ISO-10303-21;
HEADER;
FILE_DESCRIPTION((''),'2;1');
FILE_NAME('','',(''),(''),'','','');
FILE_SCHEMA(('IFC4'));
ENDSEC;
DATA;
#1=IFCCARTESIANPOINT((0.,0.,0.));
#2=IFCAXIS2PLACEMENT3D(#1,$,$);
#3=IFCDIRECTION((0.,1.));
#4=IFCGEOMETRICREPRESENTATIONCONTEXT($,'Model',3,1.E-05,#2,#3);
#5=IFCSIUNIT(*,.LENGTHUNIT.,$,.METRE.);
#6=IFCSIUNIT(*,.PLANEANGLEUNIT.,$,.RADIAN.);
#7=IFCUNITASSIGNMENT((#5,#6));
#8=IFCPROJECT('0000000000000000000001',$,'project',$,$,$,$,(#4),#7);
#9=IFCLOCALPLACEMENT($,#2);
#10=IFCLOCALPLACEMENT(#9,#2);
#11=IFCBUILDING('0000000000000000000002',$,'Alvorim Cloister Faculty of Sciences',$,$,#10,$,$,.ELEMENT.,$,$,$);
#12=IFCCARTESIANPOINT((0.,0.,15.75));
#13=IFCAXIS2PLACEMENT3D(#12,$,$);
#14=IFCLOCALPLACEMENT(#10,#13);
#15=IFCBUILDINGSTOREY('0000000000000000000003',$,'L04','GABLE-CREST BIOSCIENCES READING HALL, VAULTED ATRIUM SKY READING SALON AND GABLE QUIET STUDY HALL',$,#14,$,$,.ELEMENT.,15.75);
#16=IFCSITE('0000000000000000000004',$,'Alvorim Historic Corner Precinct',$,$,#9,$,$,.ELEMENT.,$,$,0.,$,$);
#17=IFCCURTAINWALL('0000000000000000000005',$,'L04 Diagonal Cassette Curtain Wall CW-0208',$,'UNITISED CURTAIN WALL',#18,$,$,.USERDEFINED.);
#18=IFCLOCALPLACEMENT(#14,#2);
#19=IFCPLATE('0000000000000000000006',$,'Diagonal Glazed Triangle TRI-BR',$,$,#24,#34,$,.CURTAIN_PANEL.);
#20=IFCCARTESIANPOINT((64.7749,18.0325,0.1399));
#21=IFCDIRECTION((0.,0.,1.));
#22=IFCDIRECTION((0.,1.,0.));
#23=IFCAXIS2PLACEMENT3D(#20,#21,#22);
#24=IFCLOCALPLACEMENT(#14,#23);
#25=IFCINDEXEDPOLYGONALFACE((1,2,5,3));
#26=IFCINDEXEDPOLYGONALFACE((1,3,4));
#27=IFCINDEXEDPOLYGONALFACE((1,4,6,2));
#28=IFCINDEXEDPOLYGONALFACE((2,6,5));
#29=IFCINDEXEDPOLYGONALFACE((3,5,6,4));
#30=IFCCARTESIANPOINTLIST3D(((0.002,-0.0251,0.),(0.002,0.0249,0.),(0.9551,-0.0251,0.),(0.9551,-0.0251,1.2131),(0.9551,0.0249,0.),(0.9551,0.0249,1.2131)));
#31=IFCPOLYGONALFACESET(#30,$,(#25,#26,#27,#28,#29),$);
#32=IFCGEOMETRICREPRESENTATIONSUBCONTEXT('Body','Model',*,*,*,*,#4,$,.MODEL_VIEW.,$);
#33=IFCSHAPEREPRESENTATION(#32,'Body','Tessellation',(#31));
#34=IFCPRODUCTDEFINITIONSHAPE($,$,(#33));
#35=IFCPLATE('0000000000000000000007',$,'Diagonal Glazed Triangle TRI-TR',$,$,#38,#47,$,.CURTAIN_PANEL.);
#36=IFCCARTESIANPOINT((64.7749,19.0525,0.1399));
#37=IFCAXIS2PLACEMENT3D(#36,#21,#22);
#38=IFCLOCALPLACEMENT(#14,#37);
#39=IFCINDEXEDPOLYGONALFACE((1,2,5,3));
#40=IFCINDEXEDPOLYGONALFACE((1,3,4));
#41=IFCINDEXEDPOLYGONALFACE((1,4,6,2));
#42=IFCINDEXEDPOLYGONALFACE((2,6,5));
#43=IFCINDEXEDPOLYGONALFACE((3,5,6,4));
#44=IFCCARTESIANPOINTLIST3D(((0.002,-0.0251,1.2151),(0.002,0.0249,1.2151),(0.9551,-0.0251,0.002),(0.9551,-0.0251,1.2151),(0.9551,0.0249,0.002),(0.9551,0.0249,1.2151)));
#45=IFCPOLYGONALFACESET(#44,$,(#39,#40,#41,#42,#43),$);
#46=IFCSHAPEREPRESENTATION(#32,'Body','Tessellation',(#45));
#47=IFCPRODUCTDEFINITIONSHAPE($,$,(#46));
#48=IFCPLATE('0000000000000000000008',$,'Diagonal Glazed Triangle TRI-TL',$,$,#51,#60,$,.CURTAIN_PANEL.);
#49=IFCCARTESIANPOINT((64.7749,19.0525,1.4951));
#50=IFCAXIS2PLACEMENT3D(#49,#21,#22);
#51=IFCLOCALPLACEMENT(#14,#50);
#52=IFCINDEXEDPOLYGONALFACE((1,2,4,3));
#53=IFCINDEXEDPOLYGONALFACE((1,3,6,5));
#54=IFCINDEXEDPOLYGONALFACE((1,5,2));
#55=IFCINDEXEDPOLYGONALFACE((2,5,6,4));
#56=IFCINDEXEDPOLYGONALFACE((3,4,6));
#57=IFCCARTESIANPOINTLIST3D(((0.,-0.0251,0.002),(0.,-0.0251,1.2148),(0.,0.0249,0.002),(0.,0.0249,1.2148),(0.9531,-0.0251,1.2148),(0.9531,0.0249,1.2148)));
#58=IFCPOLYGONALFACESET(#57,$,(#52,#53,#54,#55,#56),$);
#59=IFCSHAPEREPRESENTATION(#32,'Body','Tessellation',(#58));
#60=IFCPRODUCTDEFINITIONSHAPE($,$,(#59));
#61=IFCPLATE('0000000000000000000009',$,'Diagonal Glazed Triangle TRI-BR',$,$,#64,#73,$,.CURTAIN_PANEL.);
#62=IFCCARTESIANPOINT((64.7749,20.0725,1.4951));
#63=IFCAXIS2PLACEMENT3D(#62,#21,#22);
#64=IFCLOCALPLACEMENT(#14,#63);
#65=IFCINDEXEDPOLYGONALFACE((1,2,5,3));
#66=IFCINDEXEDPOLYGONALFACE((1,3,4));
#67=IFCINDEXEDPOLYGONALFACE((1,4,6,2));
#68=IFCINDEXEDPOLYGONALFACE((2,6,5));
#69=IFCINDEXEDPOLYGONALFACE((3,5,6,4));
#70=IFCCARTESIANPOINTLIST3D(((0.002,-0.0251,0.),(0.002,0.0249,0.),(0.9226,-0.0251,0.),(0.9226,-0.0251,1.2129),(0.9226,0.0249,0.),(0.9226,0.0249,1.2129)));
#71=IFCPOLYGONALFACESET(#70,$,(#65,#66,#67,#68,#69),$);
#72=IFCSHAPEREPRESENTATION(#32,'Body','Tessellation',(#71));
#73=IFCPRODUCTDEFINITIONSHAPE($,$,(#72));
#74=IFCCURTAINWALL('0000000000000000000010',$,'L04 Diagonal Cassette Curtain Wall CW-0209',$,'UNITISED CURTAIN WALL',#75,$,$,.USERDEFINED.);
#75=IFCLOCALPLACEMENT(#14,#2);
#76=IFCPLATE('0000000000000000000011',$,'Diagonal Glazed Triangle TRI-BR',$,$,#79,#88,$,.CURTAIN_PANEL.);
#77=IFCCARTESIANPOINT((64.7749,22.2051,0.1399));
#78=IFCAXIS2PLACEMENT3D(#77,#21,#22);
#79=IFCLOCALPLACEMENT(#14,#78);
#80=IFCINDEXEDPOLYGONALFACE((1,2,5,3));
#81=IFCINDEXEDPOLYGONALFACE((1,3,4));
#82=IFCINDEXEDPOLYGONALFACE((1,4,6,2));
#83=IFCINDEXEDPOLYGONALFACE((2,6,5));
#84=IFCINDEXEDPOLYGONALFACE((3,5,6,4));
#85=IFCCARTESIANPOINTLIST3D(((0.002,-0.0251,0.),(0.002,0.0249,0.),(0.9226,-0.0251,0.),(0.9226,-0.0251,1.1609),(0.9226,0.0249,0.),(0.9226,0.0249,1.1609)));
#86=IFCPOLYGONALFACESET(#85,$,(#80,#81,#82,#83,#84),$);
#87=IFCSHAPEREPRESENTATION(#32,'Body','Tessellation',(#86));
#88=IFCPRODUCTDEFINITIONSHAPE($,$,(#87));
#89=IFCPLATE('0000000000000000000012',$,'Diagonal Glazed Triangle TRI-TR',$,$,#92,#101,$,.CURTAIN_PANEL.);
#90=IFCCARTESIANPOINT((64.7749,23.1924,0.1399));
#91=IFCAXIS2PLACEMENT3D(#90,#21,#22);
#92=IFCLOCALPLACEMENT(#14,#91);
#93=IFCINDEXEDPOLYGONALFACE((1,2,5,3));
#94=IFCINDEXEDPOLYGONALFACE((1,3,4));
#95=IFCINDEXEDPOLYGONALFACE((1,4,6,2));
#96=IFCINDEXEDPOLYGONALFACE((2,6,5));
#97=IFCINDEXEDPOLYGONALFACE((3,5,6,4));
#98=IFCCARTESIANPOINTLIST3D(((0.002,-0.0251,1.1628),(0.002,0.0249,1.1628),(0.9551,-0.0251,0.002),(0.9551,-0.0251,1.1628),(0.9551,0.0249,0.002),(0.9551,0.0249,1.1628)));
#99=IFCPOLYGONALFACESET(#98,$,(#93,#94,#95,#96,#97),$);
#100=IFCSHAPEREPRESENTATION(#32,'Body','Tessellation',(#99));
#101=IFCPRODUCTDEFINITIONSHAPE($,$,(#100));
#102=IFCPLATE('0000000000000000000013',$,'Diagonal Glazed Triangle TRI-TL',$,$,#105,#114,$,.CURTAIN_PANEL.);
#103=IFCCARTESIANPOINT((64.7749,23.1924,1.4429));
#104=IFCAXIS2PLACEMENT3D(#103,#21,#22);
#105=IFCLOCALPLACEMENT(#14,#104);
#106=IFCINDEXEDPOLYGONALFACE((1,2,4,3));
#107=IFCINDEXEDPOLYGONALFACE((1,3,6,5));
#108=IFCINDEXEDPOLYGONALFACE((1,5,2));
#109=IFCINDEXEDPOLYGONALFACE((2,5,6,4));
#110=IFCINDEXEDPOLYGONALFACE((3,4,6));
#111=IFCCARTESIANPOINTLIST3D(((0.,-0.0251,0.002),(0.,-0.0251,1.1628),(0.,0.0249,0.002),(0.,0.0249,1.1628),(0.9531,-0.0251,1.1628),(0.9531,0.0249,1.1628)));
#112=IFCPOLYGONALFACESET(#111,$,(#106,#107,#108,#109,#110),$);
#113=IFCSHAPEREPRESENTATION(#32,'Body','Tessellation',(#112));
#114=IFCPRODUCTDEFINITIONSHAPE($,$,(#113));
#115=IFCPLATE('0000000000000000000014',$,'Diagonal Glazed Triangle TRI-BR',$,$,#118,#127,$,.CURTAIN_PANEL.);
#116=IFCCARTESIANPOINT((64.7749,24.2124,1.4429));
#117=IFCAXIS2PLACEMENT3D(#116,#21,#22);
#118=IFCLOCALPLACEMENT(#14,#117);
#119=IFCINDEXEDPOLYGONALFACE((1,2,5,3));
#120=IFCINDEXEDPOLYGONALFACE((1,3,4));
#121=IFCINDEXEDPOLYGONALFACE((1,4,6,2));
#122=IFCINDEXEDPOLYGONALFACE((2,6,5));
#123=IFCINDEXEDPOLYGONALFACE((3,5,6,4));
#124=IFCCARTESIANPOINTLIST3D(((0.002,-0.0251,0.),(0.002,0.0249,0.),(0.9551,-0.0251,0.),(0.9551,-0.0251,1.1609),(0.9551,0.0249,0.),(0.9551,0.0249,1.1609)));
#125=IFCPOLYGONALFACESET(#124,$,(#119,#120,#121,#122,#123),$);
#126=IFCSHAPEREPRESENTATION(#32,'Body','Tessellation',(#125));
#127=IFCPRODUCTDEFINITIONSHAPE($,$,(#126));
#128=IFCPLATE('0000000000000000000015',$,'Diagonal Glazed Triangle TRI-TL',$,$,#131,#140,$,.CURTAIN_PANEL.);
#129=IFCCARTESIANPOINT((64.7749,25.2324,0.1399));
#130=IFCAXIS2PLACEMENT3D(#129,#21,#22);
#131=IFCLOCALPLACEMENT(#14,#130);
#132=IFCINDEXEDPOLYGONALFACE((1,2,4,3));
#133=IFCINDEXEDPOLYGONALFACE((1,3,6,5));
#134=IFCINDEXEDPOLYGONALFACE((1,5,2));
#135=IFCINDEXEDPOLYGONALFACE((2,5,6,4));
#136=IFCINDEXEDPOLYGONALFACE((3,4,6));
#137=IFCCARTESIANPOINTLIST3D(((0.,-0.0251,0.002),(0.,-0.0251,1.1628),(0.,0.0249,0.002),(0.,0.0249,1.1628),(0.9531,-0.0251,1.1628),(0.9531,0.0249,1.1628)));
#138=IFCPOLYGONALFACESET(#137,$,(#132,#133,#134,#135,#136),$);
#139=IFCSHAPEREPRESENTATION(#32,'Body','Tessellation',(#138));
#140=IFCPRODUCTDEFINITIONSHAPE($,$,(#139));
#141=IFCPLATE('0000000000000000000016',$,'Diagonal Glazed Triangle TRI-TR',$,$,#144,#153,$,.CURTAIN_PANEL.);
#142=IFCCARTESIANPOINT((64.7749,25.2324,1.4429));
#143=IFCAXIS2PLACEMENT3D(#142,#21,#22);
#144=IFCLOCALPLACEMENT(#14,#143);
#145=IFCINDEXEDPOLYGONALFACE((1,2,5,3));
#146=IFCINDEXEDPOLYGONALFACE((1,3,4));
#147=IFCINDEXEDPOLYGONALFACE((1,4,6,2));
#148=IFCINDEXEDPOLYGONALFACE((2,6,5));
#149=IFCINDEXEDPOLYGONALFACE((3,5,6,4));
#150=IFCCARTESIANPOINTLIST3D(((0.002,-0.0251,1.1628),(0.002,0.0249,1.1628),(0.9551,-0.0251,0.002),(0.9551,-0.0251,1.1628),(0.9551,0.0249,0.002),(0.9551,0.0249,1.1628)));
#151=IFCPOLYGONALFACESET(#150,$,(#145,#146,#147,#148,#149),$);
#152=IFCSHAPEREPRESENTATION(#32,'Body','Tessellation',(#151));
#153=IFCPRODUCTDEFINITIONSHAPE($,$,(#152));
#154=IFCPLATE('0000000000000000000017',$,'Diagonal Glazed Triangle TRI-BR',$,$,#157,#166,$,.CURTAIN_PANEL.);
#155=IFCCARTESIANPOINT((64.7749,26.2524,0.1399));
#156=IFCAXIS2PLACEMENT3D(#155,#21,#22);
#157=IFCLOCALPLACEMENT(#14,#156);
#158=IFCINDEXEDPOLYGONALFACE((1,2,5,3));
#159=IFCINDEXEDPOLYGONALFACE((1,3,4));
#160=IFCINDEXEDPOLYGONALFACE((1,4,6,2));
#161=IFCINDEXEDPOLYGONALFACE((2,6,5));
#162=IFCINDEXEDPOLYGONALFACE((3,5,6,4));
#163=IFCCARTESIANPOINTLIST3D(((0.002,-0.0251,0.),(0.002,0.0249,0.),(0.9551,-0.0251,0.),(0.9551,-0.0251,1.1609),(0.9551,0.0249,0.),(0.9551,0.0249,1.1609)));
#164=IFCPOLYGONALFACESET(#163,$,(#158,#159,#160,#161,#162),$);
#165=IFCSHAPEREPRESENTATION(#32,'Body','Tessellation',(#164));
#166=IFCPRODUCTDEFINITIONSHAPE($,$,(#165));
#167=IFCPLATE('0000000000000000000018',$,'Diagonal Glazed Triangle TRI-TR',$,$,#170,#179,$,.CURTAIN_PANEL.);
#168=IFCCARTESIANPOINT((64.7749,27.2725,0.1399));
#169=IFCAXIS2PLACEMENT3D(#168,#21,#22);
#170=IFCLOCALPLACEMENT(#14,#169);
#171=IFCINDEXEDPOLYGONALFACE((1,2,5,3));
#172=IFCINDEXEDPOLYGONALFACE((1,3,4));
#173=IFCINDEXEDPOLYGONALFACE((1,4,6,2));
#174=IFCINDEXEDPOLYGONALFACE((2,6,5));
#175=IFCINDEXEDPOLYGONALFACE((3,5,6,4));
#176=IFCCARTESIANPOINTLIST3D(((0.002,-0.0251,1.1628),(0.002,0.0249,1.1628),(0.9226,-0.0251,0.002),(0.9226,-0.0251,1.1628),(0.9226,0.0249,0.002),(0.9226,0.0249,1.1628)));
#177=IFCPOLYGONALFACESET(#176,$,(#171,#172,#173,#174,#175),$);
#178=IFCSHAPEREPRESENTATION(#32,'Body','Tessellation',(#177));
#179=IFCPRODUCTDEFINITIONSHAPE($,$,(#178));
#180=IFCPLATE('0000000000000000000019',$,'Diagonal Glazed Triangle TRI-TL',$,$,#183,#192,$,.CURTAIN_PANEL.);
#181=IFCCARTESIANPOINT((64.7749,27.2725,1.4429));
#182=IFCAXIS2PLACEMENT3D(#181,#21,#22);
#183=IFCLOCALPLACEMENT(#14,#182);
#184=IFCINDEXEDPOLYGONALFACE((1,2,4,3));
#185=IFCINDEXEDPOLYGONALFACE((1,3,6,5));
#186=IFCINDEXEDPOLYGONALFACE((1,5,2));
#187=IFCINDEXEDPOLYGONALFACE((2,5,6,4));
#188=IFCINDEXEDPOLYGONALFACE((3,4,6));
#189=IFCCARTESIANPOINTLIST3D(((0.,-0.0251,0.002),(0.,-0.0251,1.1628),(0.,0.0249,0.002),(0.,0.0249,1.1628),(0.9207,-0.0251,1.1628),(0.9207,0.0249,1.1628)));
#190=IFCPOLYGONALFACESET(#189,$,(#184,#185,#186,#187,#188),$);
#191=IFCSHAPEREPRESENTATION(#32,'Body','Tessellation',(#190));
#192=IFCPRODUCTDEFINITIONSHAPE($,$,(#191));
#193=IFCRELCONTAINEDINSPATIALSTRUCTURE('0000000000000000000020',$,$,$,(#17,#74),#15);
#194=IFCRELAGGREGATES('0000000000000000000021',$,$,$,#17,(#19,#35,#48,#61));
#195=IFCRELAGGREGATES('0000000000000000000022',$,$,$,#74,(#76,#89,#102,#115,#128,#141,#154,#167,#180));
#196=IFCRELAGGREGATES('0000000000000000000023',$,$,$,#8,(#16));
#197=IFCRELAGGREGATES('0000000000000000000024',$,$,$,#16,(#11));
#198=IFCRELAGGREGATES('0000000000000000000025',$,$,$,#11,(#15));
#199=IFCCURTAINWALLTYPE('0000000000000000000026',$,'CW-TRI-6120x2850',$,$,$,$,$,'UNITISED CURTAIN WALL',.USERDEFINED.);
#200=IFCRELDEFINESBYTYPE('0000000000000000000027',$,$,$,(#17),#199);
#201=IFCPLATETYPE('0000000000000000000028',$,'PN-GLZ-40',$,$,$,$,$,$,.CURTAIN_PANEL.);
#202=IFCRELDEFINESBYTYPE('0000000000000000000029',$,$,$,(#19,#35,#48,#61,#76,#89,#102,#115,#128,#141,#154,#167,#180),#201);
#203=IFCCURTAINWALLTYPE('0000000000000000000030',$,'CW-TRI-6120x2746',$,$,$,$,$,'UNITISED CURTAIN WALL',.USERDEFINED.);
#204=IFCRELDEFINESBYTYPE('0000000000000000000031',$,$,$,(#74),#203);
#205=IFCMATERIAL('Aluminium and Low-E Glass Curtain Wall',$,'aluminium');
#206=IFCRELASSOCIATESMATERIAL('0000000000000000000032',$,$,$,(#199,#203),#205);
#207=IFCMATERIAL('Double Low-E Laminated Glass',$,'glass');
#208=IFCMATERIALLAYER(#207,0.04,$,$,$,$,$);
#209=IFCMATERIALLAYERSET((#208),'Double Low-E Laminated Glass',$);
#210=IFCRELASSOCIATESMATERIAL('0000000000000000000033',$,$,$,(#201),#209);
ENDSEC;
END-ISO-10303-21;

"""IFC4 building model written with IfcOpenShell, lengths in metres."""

from ifc_helpers import new_model, si_unit, direction, frame, origin, place, context, subcontext, project, spatial, polyline, outline, extrude, material, layer, layer_set, type_object, element, aggregate, save


model = new_model("IFC4")

# Units and contexts
model_context = context("Model", 3, precision=1e-05, world=origin(), true_north=direction((0.0, 1.0)))
body_context = subcontext(model_context, "Body", "Model", "MODEL_VIEW")
ifc_project = project(units=[si_unit("LENGTHUNIT", "METRE"), si_unit("PLANEANGLEUNIT", "RADIAN")], contexts=[model_context])

# Site, building, storey
site_placement = place(None, origin())
site = spatial("IfcSite", under=ifc_project, at=site_placement, Name="Alvorim Historic Corner Precinct", CompositionType="ELEMENT", RefElevation=0.0)
building_placement = place(site_placement, origin())
building = spatial("IfcBuilding", under=site, at=building_placement, Name="Alvorim Cloister Faculty of Sciences", CompositionType="ELEMENT")
storey_placement = place(building_placement, frame((0.0, 0.0, 15.75)))
storey = spatial("IfcBuildingStorey", under=building, at=storey_placement, Name="L04", Description="GABLE-CREST BIOSCIENCES READING HALL, VAULTED ATRIUM SKY READING SALON AND GABLE QUIET STUDY HALL", CompositionType="ELEMENT", Elevation=15.75)

# Curtain walls, plates
ifc_material_1 = material(Name="Aluminium and Low-E Glass Curtain Wall", Category="aluminium")
curtain_wall_type_1 = type_object("IfcCurtainWallType", Name="CW-TRI-6120x2850", ElementType="UNITISED CURTAIN WALL", PredefinedType="USERDEFINED", material=ifc_material_1)
curtain_wall_1_placement = place(storey_placement, origin())
curtain_wall_1 = element("IfcCurtainWall", 1, at=curtain_wall_1_placement, inside=storey, type_object=curtain_wall_type_1, Name="L04 Diagonal Cassette Curtain Wall CW-0208", ObjectType="UNITISED CURTAIN WALL", PredefinedType="USERDEFINED")
ifc_material_2 = material(Name="Double Low-E Laminated Glass", Category="glass")
ifc_layer_1 = layer(ifc_material_2, 0.04)
ifc_layer_set_1 = layer_set([ifc_layer_1], Name="Double Low-E Laminated Glass")
plate_type = type_object("IfcPlateType", Name="PN-GLZ-40", PredefinedType="CURTAIN_PANEL", material=ifc_layer_set_1)
plate_1_placement = place(storey_placement, frame((64.7749, 18.0325, 0.1399), z_axis=(0.0, 0.0, 1.0), x_axis=(0.0, 1.0, 0.0)))
plate_1 = element("IfcPlate", 2, at=plate_1_placement, type_object=plate_type, Name="Diagonal Glazed Triangle TRI-BR", PredefinedType="CURTAIN_PANEL", context=body_context, shape_type="SweptSolid", body=[
    extrude(outline(polyline([(0.002, 0.0), (0.9551, 0.0), (0.9551, 1.2131), (0.002, 0.0)])), frame((0.0, 0.0249, 0.0), z_axis=(0.0, -1.0, 0.0), x_axis=(1.0, 0.0, 0.0)), (0.0, 0.0, 1.0), 0.05),
])
plate_2_placement = place(storey_placement, frame((64.7749, 19.0525, 0.1399), z_axis=(0.0, 0.0, 1.0), x_axis=(0.0, 1.0, 0.0)))
plate_2 = element("IfcPlate", 3, at=plate_2_placement, type_object=plate_type, Name="Diagonal Glazed Triangle TRI-TR", PredefinedType="CURTAIN_PANEL", context=body_context, shape_type="SweptSolid", body=[
    extrude(outline(polyline([(0.9551, 0.002), (0.9551, 1.2151), (0.002, 1.2151), (0.9551, 0.002)])), frame((0.0, 0.0249, 0.0), z_axis=(0.0, -1.0, 0.0), x_axis=(1.0, 0.0, 0.0)), (0.0, 0.0, 1.0), 0.05),
])
plate_3_placement = place(storey_placement, frame((64.7749, 19.0525, 1.4951), z_axis=(0.0, 0.0, 1.0), x_axis=(0.0, 1.0, 0.0)))
plate_3 = element("IfcPlate", 4, at=plate_3_placement, type_object=plate_type, Name="Diagonal Glazed Triangle TRI-TL", PredefinedType="CURTAIN_PANEL", context=body_context, shape_type="SweptSolid", body=[
    extrude(outline(polyline([(0.9531, 1.2148), (0.0, 1.2148), (0.0, 0.002), (0.9531, 1.2148)])), frame((0.0, 0.0249, 0.0), z_axis=(0.0, -1.0, 0.0), x_axis=(1.0, 0.0, 0.0)), (0.0, 0.0, 1.0), 0.05),
])
plate_4_placement = place(storey_placement, frame((64.7749, 20.0725, 1.4951), z_axis=(0.0, 0.0, 1.0), x_axis=(0.0, 1.0, 0.0)))
plate_4 = element("IfcPlate", 5, at=plate_4_placement, type_object=plate_type, Name="Diagonal Glazed Triangle TRI-BR", PredefinedType="CURTAIN_PANEL", context=body_context, shape_type="SweptSolid", body=[
    extrude(outline(polyline([(0.002, 0.0), (0.9226, 0.0), (0.9226, 1.2129), (0.002, 0.0)])), frame((0.0, 0.0249, 0.0), z_axis=(0.0, -1.0, 0.0), x_axis=(1.0, 0.0, 0.0)), (0.0, 0.0, 1.0), 0.05),
])
aggregate(curtain_wall_1, [plate_1, plate_2, plate_3, plate_4])
curtain_wall_type_2 = type_object("IfcCurtainWallType", Name="CW-TRI-6120x2746", ElementType="UNITISED CURTAIN WALL", PredefinedType="USERDEFINED", material=ifc_material_1)
curtain_wall_2_placement = place(storey_placement, origin())
curtain_wall_2 = element("IfcCurtainWall", 6, at=curtain_wall_2_placement, inside=storey, type_object=curtain_wall_type_2, Name="L04 Diagonal Cassette Curtain Wall CW-0209", ObjectType="UNITISED CURTAIN WALL", PredefinedType="USERDEFINED")
plate_5_placement = place(storey_placement, frame((64.7749, 22.2051, 0.1399), z_axis=(0.0, 0.0, 1.0), x_axis=(0.0, 1.0, 0.0)))
plate_5 = element("IfcPlate", 7, at=plate_5_placement, type_object=plate_type, Name="Diagonal Glazed Triangle TRI-BR", PredefinedType="CURTAIN_PANEL", context=body_context, shape_type="SweptSolid", body=[
    extrude(outline(polyline([(0.002, 0.0), (0.9226, 0.0), (0.9226, 1.1609), (0.002, 0.0)])), frame((0.0, 0.0249, 0.0), z_axis=(0.0, -1.0, 0.0), x_axis=(1.0, 0.0, 0.0)), (0.0, 0.0, 1.0), 0.05),
])
plate_6_placement = place(storey_placement, frame((64.7749, 23.1924, 0.1399), z_axis=(0.0, 0.0, 1.0), x_axis=(0.0, 1.0, 0.0)))
plate_6 = element("IfcPlate", 8, at=plate_6_placement, type_object=plate_type, Name="Diagonal Glazed Triangle TRI-TR", PredefinedType="CURTAIN_PANEL", context=body_context, shape_type="SweptSolid", body=[
    extrude(outline(polyline([(0.9551, 0.002), (0.9551, 1.1628), (0.002, 1.1628), (0.9551, 0.002)])), frame((0.0, 0.0249, 0.0), z_axis=(0.0, -1.0, 0.0), x_axis=(1.0, 0.0, 0.0)), (0.0, 0.0, 1.0), 0.05),
])
plate_7_placement = place(storey_placement, frame((64.7749, 23.1924, 1.4429), z_axis=(0.0, 0.0, 1.0), x_axis=(0.0, 1.0, 0.0)))
plate_7 = element("IfcPlate", 9, at=plate_7_placement, type_object=plate_type, Name="Diagonal Glazed Triangle TRI-TL", PredefinedType="CURTAIN_PANEL", context=body_context, shape_type="SweptSolid", body=[
    extrude(outline(polyline([(0.9531, 1.1628), (0.0, 1.1628), (0.0, 0.002), (0.9531, 1.1628)])), frame((0.0, 0.0249, 0.0), z_axis=(0.0, -1.0, 0.0), x_axis=(1.0, 0.0, 0.0)), (0.0, 0.0, 1.0), 0.05),
])
plate_8_placement = place(storey_placement, frame((64.7749, 24.2124, 1.4429), z_axis=(0.0, 0.0, 1.0), x_axis=(0.0, 1.0, 0.0)))
plate_8 = element("IfcPlate", 10, at=plate_8_placement, type_object=plate_type, Name="Diagonal Glazed Triangle TRI-BR", PredefinedType="CURTAIN_PANEL", context=body_context, shape_type="SweptSolid", body=[
    extrude(outline(polyline([(0.002, 0.0), (0.9551, 0.0), (0.9551, 1.1609), (0.002, 0.0)])), frame((0.0, 0.0249, 0.0), z_axis=(0.0, -1.0, 0.0), x_axis=(1.0, 0.0, 0.0)), (0.0, 0.0, 1.0), 0.05),
])
plate_9_placement = place(storey_placement, frame((64.7749, 25.2324, 0.1399), z_axis=(0.0, 0.0, 1.0), x_axis=(0.0, 1.0, 0.0)))
plate_9 = element("IfcPlate", 11, at=plate_9_placement, type_object=plate_type, Name="Diagonal Glazed Triangle TRI-TL", PredefinedType="CURTAIN_PANEL", context=body_context, shape_type="SweptSolid", body=[
    extrude(outline(polyline([(0.9531, 1.1628), (0.0, 1.1628), (0.0, 0.002), (0.9531, 1.1628)])), frame((0.0, 0.0249, 0.0), z_axis=(0.0, -1.0, 0.0), x_axis=(1.0, 0.0, 0.0)), (0.0, 0.0, 1.0), 0.05),
])
plate_10_placement = place(storey_placement, frame((64.7749, 25.2324, 1.4429), z_axis=(0.0, 0.0, 1.0), x_axis=(0.0, 1.0, 0.0)))
plate_10 = element("IfcPlate", 12, at=plate_10_placement, type_object=plate_type, Name="Diagonal Glazed Triangle TRI-TR", PredefinedType="CURTAIN_PANEL", context=body_context, shape_type="SweptSolid", body=[
    extrude(outline(polyline([(0.9551, 0.002), (0.9551, 1.1628), (0.002, 1.1628), (0.9551, 0.002)])), frame((0.0, 0.0249, 0.0), z_axis=(0.0, -1.0, 0.0), x_axis=(1.0, 0.0, 0.0)), (0.0, 0.0, 1.0), 0.05),
])
plate_11_placement = place(storey_placement, frame((64.7749, 26.2524, 0.1399), z_axis=(0.0, 0.0, 1.0), x_axis=(0.0, 1.0, 0.0)))
plate_11 = element("IfcPlate", 13, at=plate_11_placement, type_object=plate_type, Name="Diagonal Glazed Triangle TRI-BR", PredefinedType="CURTAIN_PANEL", context=body_context, shape_type="SweptSolid", body=[
    extrude(outline(polyline([(0.002, 0.0), (0.9551, 0.0), (0.9551, 1.1609), (0.002, 0.0)])), frame((0.0, 0.0249, 0.0), z_axis=(0.0, -1.0, 0.0), x_axis=(1.0, 0.0, 0.0)), (0.0, 0.0, 1.0), 0.05),
])
plate_12_placement = place(storey_placement, frame((64.7749, 27.2725, 0.1399), z_axis=(0.0, 0.0, 1.0), x_axis=(0.0, 1.0, 0.0)))
plate_12 = element("IfcPlate", 14, at=plate_12_placement, type_object=plate_type, Name="Diagonal Glazed Triangle TRI-TR", PredefinedType="CURTAIN_PANEL", context=body_context, shape_type="SweptSolid", body=[
    extrude(outline(polyline([(0.9226, 0.002), (0.9226, 1.1628), (0.002, 1.1628), (0.9226, 0.002)])), frame((0.0, 0.0249, 0.0), z_axis=(0.0, -1.0, 0.0), x_axis=(1.0, 0.0, 0.0)), (0.0, 0.0, 1.0), 0.05),
])
plate_13_placement = place(storey_placement, frame((64.7749, 27.2725, 1.4429), z_axis=(0.0, 0.0, 1.0), x_axis=(0.0, 1.0, 0.0)))
plate_13 = element("IfcPlate", 15, at=plate_13_placement, type_object=plate_type, Name="Diagonal Glazed Triangle TRI-TL", PredefinedType="CURTAIN_PANEL", context=body_context, shape_type="SweptSolid", body=[
    extrude(outline(polyline([(0.9207, 1.1628), (0.0, 1.1628), (0.0, 0.002), (0.9207, 1.1628)])), frame((0.0, 0.0249, 0.0), z_axis=(0.0, -1.0, 0.0), x_axis=(1.0, 0.0, 0.0)), (0.0, 0.0, 1.0), 0.05),
])
aggregate(curtain_wall_2, [plate_5, plate_6, plate_7, plate_8, plate_9, plate_10, plate_11, plate_12, plate_13])

save(model, "model.ifc")
